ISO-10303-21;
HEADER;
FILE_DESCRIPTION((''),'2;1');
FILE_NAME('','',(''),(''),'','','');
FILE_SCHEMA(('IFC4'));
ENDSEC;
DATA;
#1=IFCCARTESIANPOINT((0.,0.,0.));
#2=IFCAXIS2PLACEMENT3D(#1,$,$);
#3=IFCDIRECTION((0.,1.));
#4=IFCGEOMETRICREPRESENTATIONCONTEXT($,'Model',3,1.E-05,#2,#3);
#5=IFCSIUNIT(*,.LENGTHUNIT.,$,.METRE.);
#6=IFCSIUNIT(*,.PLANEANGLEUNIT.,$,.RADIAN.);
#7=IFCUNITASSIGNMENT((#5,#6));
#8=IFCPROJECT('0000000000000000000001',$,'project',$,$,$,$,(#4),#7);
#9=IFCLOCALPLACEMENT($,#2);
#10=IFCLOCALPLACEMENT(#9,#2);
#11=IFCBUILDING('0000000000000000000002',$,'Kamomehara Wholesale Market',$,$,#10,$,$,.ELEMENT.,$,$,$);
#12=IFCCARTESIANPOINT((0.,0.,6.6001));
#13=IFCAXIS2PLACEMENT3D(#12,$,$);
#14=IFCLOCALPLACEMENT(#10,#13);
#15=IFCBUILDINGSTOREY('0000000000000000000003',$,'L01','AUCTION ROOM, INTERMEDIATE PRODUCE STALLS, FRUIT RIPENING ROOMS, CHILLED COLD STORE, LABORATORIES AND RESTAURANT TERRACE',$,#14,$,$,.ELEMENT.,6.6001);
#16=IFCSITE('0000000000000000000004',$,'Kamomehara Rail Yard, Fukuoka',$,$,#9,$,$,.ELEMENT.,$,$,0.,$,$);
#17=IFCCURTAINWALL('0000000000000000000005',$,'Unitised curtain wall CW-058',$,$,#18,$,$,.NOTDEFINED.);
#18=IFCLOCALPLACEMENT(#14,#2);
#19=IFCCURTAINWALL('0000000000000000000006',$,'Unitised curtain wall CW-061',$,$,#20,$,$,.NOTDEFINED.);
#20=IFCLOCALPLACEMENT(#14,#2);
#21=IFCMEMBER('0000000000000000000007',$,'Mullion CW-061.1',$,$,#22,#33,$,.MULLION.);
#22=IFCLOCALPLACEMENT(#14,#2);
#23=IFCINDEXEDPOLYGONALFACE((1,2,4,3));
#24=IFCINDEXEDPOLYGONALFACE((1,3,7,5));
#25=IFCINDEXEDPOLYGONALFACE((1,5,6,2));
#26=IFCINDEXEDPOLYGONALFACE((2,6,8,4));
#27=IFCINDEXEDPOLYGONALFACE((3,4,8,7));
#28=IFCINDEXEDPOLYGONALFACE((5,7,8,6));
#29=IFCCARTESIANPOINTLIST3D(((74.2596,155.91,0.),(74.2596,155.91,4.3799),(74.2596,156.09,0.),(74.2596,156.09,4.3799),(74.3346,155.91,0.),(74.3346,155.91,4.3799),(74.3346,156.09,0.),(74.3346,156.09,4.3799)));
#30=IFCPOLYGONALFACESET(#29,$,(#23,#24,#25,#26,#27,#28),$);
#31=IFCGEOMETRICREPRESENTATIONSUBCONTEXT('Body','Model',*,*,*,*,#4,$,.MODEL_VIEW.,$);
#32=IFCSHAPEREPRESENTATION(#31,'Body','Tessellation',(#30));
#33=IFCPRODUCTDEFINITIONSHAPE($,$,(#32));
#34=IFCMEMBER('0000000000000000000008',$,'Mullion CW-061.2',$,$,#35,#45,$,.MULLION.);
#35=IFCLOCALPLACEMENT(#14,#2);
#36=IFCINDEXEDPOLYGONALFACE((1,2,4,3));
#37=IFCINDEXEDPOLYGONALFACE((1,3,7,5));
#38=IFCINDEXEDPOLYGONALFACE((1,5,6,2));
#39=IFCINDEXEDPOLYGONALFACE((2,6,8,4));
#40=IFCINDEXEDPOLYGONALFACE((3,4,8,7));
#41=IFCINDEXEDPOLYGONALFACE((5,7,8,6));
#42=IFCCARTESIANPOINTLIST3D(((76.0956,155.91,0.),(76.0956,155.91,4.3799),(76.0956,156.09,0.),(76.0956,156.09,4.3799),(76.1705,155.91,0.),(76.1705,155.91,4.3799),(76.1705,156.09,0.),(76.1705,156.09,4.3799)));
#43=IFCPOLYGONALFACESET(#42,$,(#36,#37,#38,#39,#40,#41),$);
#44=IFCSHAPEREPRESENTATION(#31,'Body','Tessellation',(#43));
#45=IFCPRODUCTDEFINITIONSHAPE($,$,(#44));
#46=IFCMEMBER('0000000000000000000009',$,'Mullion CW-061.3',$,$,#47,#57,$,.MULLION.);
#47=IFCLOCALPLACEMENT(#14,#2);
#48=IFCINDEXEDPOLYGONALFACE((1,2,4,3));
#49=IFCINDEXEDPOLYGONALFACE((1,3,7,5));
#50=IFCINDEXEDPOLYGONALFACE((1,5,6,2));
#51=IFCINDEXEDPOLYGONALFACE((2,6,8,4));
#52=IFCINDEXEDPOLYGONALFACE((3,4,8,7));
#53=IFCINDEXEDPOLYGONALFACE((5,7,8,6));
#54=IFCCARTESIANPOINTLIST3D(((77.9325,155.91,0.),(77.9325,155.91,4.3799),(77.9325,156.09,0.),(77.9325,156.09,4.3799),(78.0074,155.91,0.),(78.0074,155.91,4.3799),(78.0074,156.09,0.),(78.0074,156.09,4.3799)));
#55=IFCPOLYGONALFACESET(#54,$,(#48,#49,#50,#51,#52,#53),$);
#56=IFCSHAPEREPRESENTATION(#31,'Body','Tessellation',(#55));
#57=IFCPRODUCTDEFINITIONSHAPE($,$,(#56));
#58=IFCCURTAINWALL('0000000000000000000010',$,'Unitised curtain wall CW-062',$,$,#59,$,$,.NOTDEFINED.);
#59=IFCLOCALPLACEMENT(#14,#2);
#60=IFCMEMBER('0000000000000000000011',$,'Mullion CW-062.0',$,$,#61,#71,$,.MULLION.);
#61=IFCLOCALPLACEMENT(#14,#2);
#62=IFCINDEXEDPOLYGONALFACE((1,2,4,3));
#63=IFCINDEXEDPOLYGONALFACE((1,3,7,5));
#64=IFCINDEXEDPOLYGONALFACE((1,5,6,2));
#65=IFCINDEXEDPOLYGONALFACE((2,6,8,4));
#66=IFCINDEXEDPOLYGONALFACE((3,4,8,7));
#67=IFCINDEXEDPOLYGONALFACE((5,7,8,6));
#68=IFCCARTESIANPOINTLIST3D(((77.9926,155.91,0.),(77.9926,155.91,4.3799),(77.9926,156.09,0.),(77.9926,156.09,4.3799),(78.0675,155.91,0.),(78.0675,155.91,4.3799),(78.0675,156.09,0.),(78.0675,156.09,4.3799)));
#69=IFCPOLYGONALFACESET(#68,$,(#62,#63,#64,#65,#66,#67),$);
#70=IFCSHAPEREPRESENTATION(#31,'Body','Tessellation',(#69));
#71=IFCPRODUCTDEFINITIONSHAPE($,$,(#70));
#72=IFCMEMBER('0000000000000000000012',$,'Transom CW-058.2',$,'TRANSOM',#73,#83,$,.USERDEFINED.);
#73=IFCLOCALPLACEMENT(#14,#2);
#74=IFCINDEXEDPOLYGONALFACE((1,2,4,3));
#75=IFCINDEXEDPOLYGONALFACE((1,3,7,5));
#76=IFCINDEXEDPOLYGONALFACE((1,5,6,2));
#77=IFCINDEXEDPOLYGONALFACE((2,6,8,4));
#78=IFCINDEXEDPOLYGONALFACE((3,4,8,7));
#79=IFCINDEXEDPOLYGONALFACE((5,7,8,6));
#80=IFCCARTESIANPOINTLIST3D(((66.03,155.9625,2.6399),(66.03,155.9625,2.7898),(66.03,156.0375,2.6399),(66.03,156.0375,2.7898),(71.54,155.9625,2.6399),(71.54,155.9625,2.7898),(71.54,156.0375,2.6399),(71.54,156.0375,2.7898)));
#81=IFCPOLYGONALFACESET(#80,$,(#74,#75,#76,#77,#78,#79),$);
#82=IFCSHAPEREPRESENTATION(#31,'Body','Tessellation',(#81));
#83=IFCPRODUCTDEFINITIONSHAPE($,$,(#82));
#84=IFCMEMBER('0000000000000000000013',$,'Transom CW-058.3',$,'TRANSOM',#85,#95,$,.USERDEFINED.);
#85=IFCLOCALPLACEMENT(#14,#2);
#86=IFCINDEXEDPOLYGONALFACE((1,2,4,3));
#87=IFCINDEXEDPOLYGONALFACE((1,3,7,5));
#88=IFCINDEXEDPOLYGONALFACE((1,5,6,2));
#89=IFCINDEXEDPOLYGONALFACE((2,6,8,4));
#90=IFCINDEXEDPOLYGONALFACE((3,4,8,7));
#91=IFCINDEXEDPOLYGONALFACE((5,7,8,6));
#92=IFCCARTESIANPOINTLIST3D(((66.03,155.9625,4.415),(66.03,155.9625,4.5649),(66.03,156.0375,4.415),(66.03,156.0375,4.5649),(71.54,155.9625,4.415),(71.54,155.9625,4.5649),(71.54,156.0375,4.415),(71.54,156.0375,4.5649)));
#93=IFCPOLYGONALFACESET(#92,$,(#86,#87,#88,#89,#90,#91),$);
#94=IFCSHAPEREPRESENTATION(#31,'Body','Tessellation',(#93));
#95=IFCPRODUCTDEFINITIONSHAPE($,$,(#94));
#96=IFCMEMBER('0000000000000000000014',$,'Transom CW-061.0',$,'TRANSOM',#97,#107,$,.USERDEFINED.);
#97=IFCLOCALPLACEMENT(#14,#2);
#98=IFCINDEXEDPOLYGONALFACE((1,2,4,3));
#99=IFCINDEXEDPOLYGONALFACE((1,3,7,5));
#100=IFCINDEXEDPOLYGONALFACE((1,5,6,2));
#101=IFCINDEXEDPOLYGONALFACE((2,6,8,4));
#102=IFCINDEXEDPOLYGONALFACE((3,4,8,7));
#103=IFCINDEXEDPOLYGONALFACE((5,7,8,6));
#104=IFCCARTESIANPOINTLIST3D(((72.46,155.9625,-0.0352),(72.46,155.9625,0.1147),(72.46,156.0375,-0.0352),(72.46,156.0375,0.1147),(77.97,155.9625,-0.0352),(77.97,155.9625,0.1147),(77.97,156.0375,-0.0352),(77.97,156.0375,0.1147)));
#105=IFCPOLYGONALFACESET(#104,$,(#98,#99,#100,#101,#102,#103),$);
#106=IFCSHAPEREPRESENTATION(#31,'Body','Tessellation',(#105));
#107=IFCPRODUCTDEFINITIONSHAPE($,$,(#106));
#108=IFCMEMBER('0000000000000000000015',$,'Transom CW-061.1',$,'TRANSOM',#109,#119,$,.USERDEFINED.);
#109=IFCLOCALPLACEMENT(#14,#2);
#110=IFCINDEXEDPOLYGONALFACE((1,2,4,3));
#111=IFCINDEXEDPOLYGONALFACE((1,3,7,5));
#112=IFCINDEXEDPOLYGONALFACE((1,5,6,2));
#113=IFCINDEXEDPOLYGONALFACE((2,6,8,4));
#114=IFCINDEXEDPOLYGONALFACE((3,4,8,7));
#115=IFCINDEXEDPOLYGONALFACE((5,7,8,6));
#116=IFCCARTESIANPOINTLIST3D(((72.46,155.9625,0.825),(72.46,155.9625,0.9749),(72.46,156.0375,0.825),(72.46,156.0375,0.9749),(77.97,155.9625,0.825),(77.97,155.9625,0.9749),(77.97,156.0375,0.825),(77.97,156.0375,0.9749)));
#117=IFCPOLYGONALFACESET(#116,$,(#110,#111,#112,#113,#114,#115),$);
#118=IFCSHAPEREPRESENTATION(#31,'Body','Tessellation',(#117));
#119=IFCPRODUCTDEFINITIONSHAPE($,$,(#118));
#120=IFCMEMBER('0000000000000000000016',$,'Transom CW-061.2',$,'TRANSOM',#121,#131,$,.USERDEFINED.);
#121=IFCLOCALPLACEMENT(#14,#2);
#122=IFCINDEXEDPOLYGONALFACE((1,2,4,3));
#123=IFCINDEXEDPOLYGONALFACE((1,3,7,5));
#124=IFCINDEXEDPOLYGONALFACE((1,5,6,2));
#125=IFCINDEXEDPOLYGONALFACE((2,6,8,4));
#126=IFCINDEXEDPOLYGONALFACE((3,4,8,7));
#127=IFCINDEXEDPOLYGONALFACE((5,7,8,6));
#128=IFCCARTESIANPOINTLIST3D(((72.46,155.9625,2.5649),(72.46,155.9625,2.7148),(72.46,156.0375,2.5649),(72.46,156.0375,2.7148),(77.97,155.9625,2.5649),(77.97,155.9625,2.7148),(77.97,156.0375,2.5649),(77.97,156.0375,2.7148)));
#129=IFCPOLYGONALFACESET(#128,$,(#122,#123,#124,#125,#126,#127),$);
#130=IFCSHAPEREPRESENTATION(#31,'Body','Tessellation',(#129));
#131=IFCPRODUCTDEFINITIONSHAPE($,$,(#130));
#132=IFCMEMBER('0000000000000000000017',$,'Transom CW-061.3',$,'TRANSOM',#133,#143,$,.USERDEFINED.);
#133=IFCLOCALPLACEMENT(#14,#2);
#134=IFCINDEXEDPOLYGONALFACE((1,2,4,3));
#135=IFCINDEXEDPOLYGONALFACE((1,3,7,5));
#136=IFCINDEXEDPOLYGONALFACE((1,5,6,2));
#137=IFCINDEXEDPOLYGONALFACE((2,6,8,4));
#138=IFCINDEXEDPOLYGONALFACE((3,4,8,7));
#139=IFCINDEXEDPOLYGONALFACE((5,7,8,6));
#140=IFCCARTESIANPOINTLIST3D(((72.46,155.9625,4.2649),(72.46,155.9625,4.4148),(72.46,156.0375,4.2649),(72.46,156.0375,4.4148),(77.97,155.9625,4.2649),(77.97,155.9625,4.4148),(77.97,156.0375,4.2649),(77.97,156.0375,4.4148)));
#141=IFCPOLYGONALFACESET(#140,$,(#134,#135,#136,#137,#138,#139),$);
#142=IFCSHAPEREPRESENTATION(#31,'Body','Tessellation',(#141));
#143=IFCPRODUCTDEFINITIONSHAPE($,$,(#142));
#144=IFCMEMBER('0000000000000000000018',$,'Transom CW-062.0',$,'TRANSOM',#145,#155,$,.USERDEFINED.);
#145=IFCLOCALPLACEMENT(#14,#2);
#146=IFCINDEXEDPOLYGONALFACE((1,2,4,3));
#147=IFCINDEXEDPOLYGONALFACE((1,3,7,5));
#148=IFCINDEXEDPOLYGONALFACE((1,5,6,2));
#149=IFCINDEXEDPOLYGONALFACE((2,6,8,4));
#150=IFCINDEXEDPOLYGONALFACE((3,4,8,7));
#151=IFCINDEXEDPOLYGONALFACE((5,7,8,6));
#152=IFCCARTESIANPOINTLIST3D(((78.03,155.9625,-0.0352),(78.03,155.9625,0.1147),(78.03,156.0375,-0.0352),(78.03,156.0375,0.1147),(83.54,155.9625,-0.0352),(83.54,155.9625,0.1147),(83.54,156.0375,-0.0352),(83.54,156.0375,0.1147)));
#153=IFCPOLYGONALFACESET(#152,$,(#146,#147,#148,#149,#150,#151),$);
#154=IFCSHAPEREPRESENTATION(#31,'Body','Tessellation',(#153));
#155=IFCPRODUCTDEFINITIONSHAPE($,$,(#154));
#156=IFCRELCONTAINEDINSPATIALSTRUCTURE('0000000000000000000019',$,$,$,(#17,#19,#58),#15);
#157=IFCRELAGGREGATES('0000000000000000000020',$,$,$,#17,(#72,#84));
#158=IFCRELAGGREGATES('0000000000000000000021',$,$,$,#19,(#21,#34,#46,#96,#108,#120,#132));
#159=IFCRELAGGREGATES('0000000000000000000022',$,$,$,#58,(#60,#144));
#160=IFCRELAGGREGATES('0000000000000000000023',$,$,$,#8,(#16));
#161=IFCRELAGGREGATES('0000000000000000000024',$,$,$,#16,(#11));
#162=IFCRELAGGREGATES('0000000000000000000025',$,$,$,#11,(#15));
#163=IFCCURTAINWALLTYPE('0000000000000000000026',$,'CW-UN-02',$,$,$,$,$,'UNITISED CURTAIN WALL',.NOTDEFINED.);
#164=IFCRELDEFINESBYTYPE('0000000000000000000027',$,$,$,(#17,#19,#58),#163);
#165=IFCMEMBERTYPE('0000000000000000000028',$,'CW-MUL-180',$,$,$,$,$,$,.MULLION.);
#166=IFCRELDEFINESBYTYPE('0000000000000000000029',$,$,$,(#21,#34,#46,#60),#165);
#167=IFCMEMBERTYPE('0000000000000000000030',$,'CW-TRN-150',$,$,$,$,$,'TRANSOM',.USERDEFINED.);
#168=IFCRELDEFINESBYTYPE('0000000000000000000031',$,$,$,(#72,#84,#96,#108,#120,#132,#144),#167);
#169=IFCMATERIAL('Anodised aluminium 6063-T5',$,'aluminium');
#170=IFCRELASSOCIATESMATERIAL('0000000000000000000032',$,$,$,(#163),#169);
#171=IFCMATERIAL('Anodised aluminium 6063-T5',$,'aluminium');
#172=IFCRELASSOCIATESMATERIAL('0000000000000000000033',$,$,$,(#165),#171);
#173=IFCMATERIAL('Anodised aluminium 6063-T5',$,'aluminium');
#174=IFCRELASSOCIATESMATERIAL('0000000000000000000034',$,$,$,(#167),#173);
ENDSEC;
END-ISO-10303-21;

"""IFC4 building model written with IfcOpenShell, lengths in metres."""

from ifc_helpers import new_model, si_unit, direction, frame, origin, origin_2d, place, context, subcontext, project, spatial, rectangle, extrude, material, material_profile, profile_set, type_object, element, aggregate, save


model = new_model("IFC4")

# Units and contexts
model_context = context("Model", 3, precision=1e-05, world=origin(), true_north=direction((0.0, 1.0)))
body_context = subcontext(model_context, "Body", "Model", "MODEL_VIEW")
ifc_project = project(units=[si_unit("LENGTHUNIT", "METRE"), si_unit("PLANEANGLEUNIT", "RADIAN")], contexts=[model_context])

# Site, building, storey
site_placement = place(None, origin())
site = spatial("IfcSite", under=ifc_project, at=site_placement, Name="Kamomehara Rail Yard, Fukuoka", CompositionType="ELEMENT", RefElevation=0.0)
building_placement = place(site_placement, origin())
building = spatial("IfcBuilding", under=site, at=building_placement, Name="Kamomehara Wholesale Market", CompositionType="ELEMENT")
storey_placement = place(building_placement, frame((0.0, 0.0, 6.6001)))
storey = spatial("IfcBuildingStorey", under=building, at=storey_placement, Name="L01", Description="AUCTION ROOM, INTERMEDIATE PRODUCE STALLS, FRUIT RIPENING ROOMS, CHILLED COLD STORE, LABORATORIES AND RESTAURANT TERRACE", CompositionType="ELEMENT", Elevation=6.6001)

# Curtain walls, members
ifc_material_1 = material(Name="Anodised aluminium 6063-T5", Category="aluminium")
curtain_wall_type = type_object("IfcCurtainWallType", Name="CW-UN-02", ElementType="UNITISED CURTAIN WALL", PredefinedType="NOTDEFINED", material=ifc_material_1)
curtain_wall_1_placement = place(storey_placement, origin())
curtain_wall_1 = element("IfcCurtainWall", 1, at=curtain_wall_1_placement, inside=storey, type_object=curtain_wall_type, Name="Unitised curtain wall CW-058", PredefinedType="NOTDEFINED")
ifc_material_2 = material(Name="Anodised aluminium 6063-T5", Category="aluminium")
ifc_material_profile_1 = material_profile(ifc_material_2, rectangle(XDim=0.075, YDim=0.1799, at=origin_2d()), Name="ALU-MUL-75x180")
ifc_profile_set_1 = profile_set([ifc_material_profile_1], Name="Anodised aluminium 6063-T5")
member_type_1 = type_object("IfcMemberType", Name="CW-MUL-180", PredefinedType="MULLION", material=ifc_profile_set_1)
curtain_wall_2_placement = place(storey_placement, origin())
curtain_wall_2 = element("IfcCurtainWall", 2, at=curtain_wall_2_placement, inside=storey, type_object=curtain_wall_type, Name="Unitised curtain wall CW-061", PredefinedType="NOTDEFINED")
member_1_placement = place(storey_placement, frame((74.2971, 156.0, 0.0), z_axis=(0.0, 0.0, 1.0), x_axis=(1.0, 0.0, 0.0)))
member_1 = element("IfcMember", 3, at=member_1_placement, type_object=member_type_1, Name="Mullion CW-061.1", PredefinedType="MULLION", context=body_context, shape_type="SweptSolid", body=[
    extrude(rectangle(XDim=0.075, YDim=0.1799, at=origin_2d()), origin(), (0.0, 0.0, 1.0), 4.3799),
])
member_2_placement = place(storey_placement, frame((76.1331, 156.0, 0.0), z_axis=(0.0, 0.0, 1.0), x_axis=(1.0, 0.0, 0.0)))
member_2 = element("IfcMember", 4, at=member_2_placement, type_object=member_type_1, Name="Mullion CW-061.2", PredefinedType="MULLION", context=body_context, shape_type="SweptSolid", body=[
    extrude(rectangle(XDim=0.075, YDim=0.1799, at=origin_2d()), origin(), (0.0, 0.0, 1.0), 4.3799),
])
member_3_placement = place(storey_placement, frame((77.97, 156.0, 0.0), z_axis=(0.0, 0.0, 1.0), x_axis=(1.0, 0.0, 0.0)))
member_3 = element("IfcMember", 5, at=member_3_placement, type_object=member_type_1, Name="Mullion CW-061.3", PredefinedType="MULLION", context=body_context, shape_type="SweptSolid", body=[
    extrude(rectangle(XDim=0.075, YDim=0.1799, at=origin_2d()), origin(), (0.0, 0.0, 1.0), 4.3799),
])

# Curtain wall, member
curtain_wall_3_placement = place(storey_placement, origin())
curtain_wall_3 = element("IfcCurtainWall", 6, at=curtain_wall_3_placement, inside=storey, type_object=curtain_wall_type, Name="Unitised curtain wall CW-062", PredefinedType="NOTDEFINED")
member_4_placement = place(storey_placement, frame((78.03, 156.0, 0.0), z_axis=(0.0, 0.0, 1.0), x_axis=(1.0, 0.0, 0.0)))
member_4 = element("IfcMember", 7, at=member_4_placement, type_object=member_type_1, Name="Mullion CW-062.0", PredefinedType="MULLION", context=body_context, shape_type="SweptSolid", body=[
    extrude(rectangle(XDim=0.075, YDim=0.1799, at=origin_2d()), origin(), (0.0, 0.0, 1.0), 4.3799),
])

# Members
ifc_material_3 = material(Name="Anodised aluminium 6063-T5", Category="aluminium")
ifc_material_profile_2 = material_profile(ifc_material_3, rectangle(XDim=0.075, YDim=0.1499, at=origin_2d()), Name="ALU-TRN-75x150")
ifc_profile_set_2 = profile_set([ifc_material_profile_2], Name="Anodised aluminium 6063-T5")
member_type_2 = type_object("IfcMemberType", Name="CW-TRN-150", ElementType="TRANSOM", PredefinedType="USERDEFINED", material=ifc_profile_set_2)
member_5_placement = place(storey_placement, frame((66.03, 156.0, 2.7148), z_axis=(1.0, 0.0, 0.0), x_axis=(0.0, 1.0, 0.0)))
member_5 = element("IfcMember", 8, at=member_5_placement, type_object=member_type_2, Name="Transom CW-058.2", ObjectType="TRANSOM", PredefinedType="USERDEFINED", context=body_context, shape_type="SweptSolid", body=[
    extrude(rectangle(XDim=0.075, YDim=0.1499, at=origin_2d()), origin(), (0.0, 0.0, 1.0), 5.51),
])
member_6_placement = place(storey_placement, frame((66.03, 156.0, 4.49), z_axis=(1.0, 0.0, 0.0), x_axis=(0.0, 1.0, 0.0)))
member_6 = element("IfcMember", 9, at=member_6_placement, type_object=member_type_2, Name="Transom CW-058.3", ObjectType="TRANSOM", PredefinedType="USERDEFINED", context=body_context, shape_type="SweptSolid", body=[
    extrude(rectangle(XDim=0.075, YDim=0.1499, at=origin_2d()), origin(), (0.0, 0.0, 1.0), 5.51),
])
aggregate(curtain_wall_1, [member_5, member_6])
member_7_placement = place(storey_placement, frame((72.46, 156.0, 0.0398), z_axis=(1.0, 0.0, 0.0), x_axis=(0.0, 1.0, 0.0)))
member_7 = element("IfcMember", 10, at=member_7_placement, type_object=member_type_2, Name="Transom CW-061.0", ObjectType="TRANSOM", PredefinedType="USERDEFINED", context=body_context, shape_type="SweptSolid", body=[
    extrude(rectangle(XDim=0.075, YDim=0.1499, at=origin_2d()), origin(), (0.0, 0.0, 1.0), 5.51),
])
member_8_placement = place(storey_placement, frame((72.46, 156.0, 0.8999), z_axis=(1.0, 0.0, 0.0), x_axis=(0.0, 1.0, 0.0)))
member_8 = element("IfcMember", 11, at=member_8_placement, type_object=member_type_2, Name="Transom CW-061.1", ObjectType="TRANSOM", PredefinedType="USERDEFINED", context=body_context, shape_type="SweptSolid", body=[
    extrude(rectangle(XDim=0.075, YDim=0.1499, at=origin_2d()), origin(), (0.0, 0.0, 1.0), 5.51),
])
member_9_placement = place(storey_placement, frame((72.46, 156.0, 2.6399), z_axis=(1.0, 0.0, 0.0), x_axis=(0.0, 1.0, 0.0)))
member_9 = element("IfcMember", 12, at=member_9_placement, type_object=member_type_2, Name="Transom CW-061.2", ObjectType="TRANSOM", PredefinedType="USERDEFINED", context=body_context, shape_type="SweptSolid", body=[
    extrude(rectangle(XDim=0.075, YDim=0.1499, at=origin_2d()), origin(), (0.0, 0.0, 1.0), 5.51),
])
member_10_placement = place(storey_placement, frame((72.46, 156.0, 4.3398), z_axis=(1.0, 0.0, 0.0), x_axis=(0.0, 1.0, 0.0)))
member_10 = element("IfcMember", 13, at=member_10_placement, type_object=member_type_2, Name="Transom CW-061.3", ObjectType="TRANSOM", PredefinedType="USERDEFINED", context=body_context, shape_type="SweptSolid", body=[
    extrude(rectangle(XDim=0.075, YDim=0.1499, at=origin_2d()), origin(), (0.0, 0.0, 1.0), 5.51),
])
aggregate(curtain_wall_2, [member_1, member_2, member_3, member_7, member_8, member_9, member_10])
member_11_placement = place(storey_placement, frame((78.03, 156.0, 0.0398), z_axis=(1.0, 0.0, 0.0), x_axis=(0.0, 1.0, 0.0)))
member_11 = element("IfcMember", 14, at=member_11_placement, type_object=member_type_2, Name="Transom CW-062.0", ObjectType="TRANSOM", PredefinedType="USERDEFINED", context=body_context, shape_type="SweptSolid", body=[
    extrude(rectangle(XDim=0.075, YDim=0.1499, at=origin_2d()), origin(), (0.0, 0.0, 1.0), 5.51),
])
aggregate(curtain_wall_3, [member_4, member_11])

save(model, "model.ifc")
